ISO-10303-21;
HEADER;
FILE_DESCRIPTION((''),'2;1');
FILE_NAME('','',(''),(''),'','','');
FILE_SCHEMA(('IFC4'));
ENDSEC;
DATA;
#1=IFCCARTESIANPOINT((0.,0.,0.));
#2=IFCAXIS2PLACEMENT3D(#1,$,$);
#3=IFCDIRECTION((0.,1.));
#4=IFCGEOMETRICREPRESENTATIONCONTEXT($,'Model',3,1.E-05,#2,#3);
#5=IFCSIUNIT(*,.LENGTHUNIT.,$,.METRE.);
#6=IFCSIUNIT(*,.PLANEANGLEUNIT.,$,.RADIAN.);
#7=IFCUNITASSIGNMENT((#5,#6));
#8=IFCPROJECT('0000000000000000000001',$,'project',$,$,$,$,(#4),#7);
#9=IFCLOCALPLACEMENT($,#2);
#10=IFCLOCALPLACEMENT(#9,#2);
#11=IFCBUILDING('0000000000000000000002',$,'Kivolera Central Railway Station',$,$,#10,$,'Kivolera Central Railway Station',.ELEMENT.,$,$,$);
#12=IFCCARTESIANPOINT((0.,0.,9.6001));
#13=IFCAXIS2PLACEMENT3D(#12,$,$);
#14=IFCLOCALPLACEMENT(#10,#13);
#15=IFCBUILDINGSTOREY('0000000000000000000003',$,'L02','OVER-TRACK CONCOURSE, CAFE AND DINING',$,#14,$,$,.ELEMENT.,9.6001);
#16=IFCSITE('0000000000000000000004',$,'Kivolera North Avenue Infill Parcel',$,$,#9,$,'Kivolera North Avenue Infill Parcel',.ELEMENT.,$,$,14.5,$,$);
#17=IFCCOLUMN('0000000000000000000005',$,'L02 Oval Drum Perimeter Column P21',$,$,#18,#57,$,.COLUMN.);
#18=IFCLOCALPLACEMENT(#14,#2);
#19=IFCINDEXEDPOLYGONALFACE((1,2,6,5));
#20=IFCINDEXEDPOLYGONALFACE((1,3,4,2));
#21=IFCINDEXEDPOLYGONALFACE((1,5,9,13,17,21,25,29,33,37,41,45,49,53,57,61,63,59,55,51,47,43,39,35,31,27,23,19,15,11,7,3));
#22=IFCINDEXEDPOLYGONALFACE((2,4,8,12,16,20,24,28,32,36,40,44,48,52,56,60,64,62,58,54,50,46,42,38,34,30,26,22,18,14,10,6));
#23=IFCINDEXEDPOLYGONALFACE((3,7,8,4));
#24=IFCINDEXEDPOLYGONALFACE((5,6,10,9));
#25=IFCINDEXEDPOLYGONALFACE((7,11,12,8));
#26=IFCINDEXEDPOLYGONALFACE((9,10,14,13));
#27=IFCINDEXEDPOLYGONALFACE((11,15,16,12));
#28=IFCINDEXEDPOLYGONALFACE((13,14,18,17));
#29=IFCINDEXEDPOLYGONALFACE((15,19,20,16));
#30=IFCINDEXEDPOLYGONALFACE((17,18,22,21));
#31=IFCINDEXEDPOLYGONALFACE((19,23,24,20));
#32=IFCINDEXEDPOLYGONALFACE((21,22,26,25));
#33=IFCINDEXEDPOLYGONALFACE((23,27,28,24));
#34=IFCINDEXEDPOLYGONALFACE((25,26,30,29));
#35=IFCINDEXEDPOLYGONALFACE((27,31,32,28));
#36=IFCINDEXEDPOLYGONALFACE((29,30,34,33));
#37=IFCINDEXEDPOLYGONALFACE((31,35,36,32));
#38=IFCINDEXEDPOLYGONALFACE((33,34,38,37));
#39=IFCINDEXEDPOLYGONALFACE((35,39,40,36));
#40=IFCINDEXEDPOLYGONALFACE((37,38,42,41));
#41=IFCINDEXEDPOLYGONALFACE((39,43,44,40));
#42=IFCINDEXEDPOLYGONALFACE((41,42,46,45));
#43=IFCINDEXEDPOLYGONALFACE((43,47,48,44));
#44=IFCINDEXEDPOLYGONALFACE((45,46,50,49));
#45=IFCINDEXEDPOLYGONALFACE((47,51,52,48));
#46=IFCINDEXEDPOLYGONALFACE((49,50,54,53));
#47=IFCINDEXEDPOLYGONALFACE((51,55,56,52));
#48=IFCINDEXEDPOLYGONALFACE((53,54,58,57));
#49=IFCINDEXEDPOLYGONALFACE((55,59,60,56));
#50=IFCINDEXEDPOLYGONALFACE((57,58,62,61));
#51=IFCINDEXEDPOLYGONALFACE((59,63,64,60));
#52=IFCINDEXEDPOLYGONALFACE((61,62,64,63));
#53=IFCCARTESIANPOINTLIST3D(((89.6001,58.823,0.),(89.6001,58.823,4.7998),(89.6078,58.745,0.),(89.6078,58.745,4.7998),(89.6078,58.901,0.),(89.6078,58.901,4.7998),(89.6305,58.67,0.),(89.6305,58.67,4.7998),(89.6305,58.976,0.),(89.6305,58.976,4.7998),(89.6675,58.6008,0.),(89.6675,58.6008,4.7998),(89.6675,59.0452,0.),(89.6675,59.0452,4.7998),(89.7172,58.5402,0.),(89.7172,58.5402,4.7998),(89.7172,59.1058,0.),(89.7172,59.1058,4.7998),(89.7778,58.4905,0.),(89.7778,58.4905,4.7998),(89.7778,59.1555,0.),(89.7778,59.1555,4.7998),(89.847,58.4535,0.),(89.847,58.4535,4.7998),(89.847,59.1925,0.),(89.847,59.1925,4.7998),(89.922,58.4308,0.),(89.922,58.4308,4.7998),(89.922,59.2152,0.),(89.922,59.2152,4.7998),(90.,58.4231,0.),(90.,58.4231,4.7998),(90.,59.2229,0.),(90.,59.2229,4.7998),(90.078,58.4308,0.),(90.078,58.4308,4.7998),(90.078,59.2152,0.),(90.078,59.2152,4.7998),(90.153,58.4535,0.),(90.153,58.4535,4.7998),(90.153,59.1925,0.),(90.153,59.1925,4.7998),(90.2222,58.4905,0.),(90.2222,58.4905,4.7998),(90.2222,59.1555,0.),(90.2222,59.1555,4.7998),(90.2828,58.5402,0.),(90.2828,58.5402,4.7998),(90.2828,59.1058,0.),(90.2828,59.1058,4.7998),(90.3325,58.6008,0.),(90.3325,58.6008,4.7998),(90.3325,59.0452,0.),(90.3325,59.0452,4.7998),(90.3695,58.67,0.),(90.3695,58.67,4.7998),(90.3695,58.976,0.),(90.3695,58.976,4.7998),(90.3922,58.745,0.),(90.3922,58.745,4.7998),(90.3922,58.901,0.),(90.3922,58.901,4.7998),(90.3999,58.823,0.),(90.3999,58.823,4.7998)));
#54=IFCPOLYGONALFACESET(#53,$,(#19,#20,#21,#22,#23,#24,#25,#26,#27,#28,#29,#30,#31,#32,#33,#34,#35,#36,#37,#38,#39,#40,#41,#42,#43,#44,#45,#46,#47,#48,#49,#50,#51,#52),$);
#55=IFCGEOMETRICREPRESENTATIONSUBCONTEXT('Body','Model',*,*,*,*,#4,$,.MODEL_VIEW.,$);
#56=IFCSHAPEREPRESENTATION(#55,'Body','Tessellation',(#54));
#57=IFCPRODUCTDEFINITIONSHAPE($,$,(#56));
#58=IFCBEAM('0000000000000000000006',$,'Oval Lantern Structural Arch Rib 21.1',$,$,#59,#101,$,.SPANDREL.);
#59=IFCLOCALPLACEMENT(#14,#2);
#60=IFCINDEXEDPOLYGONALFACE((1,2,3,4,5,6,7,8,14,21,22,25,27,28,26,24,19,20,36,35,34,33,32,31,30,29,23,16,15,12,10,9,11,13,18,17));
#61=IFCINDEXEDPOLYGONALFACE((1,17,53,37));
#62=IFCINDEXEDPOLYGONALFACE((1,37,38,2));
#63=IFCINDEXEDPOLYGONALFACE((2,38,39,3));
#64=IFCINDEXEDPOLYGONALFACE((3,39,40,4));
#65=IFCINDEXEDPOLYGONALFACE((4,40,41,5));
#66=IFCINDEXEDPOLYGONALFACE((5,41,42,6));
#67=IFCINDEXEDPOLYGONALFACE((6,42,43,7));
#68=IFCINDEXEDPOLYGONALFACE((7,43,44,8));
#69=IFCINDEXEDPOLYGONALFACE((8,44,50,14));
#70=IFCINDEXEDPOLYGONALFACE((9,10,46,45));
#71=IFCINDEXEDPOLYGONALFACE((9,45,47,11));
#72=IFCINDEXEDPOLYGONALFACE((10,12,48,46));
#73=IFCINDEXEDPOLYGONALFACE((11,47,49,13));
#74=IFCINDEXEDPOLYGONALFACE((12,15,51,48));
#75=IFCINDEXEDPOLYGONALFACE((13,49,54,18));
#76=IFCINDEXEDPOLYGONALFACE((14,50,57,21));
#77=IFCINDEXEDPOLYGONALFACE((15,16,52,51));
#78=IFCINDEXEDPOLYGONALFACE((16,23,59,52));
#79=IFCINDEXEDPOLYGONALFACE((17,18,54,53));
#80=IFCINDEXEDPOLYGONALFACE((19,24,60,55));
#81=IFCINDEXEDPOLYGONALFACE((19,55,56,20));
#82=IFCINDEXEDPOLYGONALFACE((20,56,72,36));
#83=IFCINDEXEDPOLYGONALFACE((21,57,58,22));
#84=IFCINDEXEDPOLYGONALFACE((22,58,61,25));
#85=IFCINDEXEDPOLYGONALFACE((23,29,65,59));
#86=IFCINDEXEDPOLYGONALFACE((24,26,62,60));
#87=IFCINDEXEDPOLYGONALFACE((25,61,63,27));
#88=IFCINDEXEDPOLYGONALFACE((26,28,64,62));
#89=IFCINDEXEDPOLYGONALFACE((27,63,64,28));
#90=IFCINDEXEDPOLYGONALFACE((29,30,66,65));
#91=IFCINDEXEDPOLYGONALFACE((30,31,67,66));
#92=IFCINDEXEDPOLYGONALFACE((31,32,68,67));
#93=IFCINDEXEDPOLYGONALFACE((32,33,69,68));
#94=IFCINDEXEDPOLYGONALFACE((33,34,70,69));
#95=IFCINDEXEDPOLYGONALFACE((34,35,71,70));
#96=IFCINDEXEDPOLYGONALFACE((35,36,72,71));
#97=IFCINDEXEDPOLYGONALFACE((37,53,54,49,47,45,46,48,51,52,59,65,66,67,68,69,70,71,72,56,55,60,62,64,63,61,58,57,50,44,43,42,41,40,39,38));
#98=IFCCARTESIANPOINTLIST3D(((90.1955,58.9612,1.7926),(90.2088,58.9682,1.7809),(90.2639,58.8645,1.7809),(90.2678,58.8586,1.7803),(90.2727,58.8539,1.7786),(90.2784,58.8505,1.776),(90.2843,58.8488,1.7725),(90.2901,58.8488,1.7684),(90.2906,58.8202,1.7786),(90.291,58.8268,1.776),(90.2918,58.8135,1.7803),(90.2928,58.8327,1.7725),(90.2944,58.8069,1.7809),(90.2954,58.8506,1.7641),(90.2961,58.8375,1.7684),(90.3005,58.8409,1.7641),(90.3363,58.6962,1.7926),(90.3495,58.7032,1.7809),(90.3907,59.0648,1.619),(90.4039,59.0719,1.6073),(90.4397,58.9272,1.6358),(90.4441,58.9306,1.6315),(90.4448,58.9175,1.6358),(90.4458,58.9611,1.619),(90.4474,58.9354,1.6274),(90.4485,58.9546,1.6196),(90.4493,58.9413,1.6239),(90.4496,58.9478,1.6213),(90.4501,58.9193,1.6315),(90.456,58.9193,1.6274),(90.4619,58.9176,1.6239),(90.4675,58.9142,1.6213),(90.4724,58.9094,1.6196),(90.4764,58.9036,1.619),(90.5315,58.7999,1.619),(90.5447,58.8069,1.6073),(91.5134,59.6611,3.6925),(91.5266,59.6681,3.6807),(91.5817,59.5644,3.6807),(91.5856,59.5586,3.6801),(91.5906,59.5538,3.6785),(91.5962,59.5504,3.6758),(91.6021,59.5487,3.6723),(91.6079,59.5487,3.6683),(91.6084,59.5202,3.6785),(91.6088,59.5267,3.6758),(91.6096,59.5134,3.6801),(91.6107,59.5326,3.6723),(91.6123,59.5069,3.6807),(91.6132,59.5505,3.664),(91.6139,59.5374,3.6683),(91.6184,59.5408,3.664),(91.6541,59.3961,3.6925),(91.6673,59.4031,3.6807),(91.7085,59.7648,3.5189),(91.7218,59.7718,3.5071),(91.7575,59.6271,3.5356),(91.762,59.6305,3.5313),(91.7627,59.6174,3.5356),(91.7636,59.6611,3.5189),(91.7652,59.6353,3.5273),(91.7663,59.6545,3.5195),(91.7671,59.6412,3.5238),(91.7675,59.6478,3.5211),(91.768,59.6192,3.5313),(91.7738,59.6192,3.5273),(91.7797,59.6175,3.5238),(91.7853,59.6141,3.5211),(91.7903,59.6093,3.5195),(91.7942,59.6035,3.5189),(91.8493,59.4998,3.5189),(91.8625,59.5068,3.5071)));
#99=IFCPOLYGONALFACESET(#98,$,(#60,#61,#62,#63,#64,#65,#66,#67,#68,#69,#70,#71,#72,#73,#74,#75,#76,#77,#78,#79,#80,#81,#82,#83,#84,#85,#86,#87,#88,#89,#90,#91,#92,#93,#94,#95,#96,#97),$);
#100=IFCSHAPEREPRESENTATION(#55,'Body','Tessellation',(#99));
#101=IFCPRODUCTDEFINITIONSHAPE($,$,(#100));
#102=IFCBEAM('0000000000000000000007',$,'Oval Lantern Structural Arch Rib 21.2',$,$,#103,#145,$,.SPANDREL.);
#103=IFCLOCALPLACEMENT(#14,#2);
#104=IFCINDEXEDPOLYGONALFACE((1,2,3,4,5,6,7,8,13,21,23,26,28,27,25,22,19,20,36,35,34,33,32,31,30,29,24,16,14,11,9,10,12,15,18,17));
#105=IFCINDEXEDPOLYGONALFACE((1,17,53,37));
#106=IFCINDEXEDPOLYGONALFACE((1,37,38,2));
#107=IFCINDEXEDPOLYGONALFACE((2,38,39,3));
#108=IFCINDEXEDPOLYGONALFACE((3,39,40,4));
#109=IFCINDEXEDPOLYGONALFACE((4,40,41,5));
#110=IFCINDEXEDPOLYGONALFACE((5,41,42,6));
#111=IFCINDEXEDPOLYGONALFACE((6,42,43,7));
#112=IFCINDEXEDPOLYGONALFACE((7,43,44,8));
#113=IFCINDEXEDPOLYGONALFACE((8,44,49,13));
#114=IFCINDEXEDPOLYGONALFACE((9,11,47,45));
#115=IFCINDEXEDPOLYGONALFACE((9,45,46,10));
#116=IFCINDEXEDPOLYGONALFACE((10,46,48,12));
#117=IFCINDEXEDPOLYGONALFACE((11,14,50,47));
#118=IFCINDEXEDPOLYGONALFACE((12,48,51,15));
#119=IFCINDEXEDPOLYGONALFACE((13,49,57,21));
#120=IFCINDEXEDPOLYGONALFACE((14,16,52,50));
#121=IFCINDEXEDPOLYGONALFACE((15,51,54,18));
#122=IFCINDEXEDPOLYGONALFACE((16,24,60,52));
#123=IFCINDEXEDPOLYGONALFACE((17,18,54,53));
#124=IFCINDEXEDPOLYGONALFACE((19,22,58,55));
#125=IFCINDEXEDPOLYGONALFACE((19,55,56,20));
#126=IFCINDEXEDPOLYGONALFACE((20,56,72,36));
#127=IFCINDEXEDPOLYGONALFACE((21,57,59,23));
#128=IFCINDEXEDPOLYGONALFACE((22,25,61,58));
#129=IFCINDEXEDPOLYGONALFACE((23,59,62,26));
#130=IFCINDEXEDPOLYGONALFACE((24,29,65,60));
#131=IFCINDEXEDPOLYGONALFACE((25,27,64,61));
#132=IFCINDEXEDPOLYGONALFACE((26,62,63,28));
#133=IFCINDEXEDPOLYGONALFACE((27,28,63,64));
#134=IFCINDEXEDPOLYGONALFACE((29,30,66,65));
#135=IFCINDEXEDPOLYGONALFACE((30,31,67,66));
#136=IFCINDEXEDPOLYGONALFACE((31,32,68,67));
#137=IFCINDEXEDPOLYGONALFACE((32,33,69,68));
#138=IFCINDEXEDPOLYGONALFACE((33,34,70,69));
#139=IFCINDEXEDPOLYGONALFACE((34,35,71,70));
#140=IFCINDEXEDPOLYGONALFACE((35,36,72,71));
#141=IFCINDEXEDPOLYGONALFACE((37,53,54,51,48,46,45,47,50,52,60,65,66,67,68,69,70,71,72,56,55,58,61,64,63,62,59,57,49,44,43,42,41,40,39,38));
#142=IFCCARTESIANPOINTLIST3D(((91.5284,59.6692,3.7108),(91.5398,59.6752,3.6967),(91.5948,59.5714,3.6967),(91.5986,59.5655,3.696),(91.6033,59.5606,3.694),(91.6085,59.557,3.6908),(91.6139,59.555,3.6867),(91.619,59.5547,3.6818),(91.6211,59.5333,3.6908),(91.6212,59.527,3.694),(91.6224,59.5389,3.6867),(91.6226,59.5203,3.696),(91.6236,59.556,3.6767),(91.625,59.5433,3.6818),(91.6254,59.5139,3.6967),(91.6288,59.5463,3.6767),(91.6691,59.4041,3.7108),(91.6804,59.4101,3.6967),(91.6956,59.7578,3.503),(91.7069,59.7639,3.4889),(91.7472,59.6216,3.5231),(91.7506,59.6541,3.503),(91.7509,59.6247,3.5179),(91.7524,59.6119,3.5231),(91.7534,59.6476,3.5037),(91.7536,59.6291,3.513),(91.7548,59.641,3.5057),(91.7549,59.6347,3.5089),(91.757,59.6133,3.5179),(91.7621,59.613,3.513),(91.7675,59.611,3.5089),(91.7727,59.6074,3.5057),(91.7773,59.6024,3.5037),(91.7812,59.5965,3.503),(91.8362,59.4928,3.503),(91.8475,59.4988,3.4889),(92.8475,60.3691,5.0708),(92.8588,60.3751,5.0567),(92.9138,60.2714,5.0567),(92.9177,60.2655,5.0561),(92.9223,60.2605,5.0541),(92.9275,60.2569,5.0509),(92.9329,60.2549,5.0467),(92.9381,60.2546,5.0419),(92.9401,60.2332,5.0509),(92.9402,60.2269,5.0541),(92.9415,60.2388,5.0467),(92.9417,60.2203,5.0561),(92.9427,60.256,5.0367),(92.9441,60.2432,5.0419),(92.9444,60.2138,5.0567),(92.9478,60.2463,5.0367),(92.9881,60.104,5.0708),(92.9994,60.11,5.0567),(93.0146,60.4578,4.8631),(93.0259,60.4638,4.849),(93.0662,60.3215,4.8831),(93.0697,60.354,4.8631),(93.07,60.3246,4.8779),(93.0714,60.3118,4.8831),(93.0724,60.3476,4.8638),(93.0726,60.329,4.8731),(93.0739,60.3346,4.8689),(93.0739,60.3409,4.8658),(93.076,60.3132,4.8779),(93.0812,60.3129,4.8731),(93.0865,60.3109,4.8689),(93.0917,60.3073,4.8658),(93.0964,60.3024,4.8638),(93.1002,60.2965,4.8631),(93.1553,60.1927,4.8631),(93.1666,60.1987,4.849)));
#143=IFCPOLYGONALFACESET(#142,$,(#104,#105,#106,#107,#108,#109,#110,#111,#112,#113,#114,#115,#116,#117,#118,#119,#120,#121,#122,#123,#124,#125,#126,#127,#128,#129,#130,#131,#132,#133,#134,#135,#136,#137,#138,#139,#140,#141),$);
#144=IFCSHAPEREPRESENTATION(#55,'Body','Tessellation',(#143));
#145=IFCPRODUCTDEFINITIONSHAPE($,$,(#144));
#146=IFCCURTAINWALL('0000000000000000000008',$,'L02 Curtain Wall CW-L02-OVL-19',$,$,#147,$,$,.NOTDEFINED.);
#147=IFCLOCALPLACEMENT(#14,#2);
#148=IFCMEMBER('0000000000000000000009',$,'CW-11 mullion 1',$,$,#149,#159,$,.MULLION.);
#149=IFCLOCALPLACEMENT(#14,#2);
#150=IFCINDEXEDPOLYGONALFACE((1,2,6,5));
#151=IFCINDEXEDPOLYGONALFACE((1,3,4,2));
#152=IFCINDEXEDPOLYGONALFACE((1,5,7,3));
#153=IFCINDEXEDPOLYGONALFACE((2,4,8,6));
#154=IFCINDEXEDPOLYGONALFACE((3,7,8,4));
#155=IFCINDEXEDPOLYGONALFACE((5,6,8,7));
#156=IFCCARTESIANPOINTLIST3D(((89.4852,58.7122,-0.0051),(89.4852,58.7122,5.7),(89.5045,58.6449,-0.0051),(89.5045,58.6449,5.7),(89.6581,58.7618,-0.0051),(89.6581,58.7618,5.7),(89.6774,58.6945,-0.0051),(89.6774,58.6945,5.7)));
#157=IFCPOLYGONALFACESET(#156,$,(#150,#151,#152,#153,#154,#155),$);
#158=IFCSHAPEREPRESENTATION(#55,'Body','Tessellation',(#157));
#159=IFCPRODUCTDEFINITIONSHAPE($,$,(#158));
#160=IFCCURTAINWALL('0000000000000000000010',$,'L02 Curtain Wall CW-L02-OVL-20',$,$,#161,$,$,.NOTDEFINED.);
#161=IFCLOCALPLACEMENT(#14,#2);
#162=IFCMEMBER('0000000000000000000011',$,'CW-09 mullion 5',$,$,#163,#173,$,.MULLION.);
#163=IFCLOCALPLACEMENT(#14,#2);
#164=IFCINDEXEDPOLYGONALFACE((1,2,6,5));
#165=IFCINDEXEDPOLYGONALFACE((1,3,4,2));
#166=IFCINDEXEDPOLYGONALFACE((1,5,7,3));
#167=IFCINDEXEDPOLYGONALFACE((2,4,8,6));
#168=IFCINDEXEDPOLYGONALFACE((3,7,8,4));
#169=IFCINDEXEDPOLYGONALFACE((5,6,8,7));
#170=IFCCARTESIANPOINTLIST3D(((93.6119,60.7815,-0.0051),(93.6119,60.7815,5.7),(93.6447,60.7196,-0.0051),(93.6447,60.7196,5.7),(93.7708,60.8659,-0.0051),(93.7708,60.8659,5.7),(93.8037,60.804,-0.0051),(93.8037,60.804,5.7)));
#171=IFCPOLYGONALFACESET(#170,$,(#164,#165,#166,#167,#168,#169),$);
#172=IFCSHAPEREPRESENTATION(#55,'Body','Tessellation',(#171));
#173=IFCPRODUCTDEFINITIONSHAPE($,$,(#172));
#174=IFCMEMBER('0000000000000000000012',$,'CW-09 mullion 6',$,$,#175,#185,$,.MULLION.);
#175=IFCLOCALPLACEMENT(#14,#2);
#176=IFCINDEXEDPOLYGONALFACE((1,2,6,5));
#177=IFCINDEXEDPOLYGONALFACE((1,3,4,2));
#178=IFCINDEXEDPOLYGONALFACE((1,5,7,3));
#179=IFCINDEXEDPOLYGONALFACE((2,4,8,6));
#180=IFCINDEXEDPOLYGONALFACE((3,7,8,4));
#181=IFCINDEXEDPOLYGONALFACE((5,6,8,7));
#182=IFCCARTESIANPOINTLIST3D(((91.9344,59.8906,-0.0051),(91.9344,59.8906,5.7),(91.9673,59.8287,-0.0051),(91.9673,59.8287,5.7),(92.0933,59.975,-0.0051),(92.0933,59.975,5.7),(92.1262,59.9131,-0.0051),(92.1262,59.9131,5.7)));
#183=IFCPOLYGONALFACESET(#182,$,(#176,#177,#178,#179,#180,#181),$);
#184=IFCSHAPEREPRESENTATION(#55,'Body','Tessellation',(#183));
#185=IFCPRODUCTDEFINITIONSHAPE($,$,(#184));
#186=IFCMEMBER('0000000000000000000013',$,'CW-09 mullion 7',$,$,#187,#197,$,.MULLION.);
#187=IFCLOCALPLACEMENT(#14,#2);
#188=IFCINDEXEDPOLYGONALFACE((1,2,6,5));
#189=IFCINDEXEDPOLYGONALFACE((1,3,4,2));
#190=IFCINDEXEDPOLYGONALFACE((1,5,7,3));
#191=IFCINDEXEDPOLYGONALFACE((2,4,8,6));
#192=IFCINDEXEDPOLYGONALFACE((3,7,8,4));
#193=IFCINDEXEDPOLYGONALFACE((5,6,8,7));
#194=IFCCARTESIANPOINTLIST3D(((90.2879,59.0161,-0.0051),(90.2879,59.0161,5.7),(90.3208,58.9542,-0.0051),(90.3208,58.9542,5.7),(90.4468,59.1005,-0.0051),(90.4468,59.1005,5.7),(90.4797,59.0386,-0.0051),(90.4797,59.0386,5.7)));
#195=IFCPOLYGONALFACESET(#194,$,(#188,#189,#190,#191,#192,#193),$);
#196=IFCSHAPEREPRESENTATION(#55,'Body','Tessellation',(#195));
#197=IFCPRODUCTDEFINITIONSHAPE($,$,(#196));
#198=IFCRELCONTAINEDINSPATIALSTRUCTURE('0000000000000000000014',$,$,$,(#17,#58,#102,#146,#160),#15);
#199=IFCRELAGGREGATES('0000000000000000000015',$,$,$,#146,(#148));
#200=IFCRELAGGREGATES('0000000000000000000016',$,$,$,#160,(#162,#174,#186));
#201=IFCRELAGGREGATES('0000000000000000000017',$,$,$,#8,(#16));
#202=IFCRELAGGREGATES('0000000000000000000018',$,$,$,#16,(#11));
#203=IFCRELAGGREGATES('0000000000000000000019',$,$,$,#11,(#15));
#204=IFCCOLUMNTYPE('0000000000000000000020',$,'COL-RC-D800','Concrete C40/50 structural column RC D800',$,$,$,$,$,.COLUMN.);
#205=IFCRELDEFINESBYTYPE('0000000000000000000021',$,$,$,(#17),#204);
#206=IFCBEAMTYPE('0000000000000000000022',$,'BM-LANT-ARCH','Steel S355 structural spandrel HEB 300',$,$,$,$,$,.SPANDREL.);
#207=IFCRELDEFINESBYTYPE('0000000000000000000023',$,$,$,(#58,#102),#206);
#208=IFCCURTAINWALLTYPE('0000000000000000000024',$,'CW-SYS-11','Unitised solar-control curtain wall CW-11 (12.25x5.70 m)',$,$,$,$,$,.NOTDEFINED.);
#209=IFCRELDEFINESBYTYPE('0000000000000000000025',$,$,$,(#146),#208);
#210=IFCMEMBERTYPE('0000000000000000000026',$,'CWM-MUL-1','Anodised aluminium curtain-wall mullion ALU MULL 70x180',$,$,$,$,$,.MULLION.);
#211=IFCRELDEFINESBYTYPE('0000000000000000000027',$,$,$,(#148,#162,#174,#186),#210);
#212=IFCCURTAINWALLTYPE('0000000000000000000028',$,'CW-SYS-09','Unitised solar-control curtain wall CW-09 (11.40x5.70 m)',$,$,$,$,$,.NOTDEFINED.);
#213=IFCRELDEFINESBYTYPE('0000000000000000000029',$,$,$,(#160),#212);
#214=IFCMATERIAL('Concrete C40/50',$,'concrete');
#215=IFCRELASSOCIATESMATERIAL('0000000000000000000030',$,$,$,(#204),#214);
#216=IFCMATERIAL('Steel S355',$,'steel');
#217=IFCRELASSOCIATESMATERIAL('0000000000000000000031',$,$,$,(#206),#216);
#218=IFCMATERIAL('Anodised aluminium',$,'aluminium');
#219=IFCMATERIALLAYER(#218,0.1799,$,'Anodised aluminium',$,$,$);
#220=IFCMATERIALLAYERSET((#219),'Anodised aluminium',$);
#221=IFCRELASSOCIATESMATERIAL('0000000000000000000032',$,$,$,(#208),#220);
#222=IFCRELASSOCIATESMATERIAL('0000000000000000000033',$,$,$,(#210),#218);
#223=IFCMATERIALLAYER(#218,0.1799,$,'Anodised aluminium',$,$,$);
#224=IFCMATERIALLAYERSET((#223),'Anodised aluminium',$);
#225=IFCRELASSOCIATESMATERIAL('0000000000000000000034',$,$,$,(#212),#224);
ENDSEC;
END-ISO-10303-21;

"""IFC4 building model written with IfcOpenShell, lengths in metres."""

from ifc_helpers import new_model, si_unit, direction, frame, origin, origin_2d, place, context, subcontext, project, spatial, rectangle, circle, i_section, extrude, material, layer, layer_set, material_profile, profile_set, type_object, element, aggregate, save


model = new_model("IFC4")

# Units and contexts
model_context = context("Model", 3, precision=1e-05, world=origin(), true_north=direction((0.0, 1.0)))
body_context = subcontext(model_context, "Body", "Model", "MODEL_VIEW")
ifc_project = project(units=[si_unit("LENGTHUNIT", "METRE"), si_unit("PLANEANGLEUNIT", "RADIAN")], contexts=[model_context])

# Site, building, storey
site_placement = place(None, origin())
site = spatial("IfcSite", under=ifc_project, at=site_placement, Name="Kivolera North Avenue Infill Parcel", LongName="Kivolera North Avenue Infill Parcel", CompositionType="ELEMENT", RefElevation=14.5)
building_placement = place(site_placement, origin())
building = spatial("IfcBuilding", under=site, at=building_placement, Name="Kivolera Central Railway Station", LongName="Kivolera Central Railway Station", CompositionType="ELEMENT")
storey_placement = place(building_placement, frame((0.0, 0.0, 9.6001)))
storey = spatial("IfcBuildingStorey", under=building, at=storey_placement, Name="L02", Description="OVER-TRACK CONCOURSE, CAFE AND DINING", CompositionType="ELEMENT", Elevation=9.6001)

# Column
ifc_material_1 = material(Name="Concrete C40/50", Category="concrete")
ifc_material_profile_1 = material_profile(ifc_material_1, circle(Radius=0.3999, at=origin_2d()), Name="RC D800")
ifc_profile_set_1 = profile_set([ifc_material_profile_1], Name="Concrete C40/50")
column_type = type_object("IfcColumnType", Name="COL-RC-D800", Description="Concrete C40/50 structural column RC D800", PredefinedType="COLUMN", material=ifc_profile_set_1)
column_placement = place(storey_placement, frame((90.0, 58.823, 0.0), z_axis=(0.0, 0.0, 1.0), x_axis=(1.0, 0.0, 0.0)))
element("IfcColumn", 1, at=column_placement, inside=storey, type_object=column_type, Name="L02 Oval Drum Perimeter Column P21", PredefinedType="COLUMN", context=body_context, shape_type="SweptSolid", body=[
    extrude(circle(Radius=0.3999, at=origin_2d()), origin(), (0.0, 0.0, 1.0), 4.7998),
])

# Beams
ifc_material_2 = material(Name="Steel S355", Category="steel")
ifc_material_profile_2 = material_profile(ifc_material_2, i_section(OverallWidth=0.3, OverallDepth=0.3, WebThickness=0.011, FlangeThickness=0.019, FilletRadius=0.0271, at=origin_2d()), Name="HEB 300")
ifc_profile_set_2 = profile_set([ifc_material_profile_2], Name="Steel S355")
beam_type = type_object("IfcBeamType", Name="BM-LANT-ARCH", Description="Steel S355 structural spandrel HEB 300", PredefinedType="SPANDREL", material=ifc_profile_set_2)
beam_1_placement = place(storey_placement, frame((90.3701, 58.884, 1.7), z_axis=(0.54551, 0.289733, 0.786431), x_axis=(-0.469068, 0.883162, 0.0)))
element("IfcBeam", 2, at=beam_1_placement, inside=storey, type_object=beam_type, Name="Oval Lantern Structural Arch Rib 21.1", PredefinedType="SPANDREL", context=body_context, shape_type="SweptSolid", body=[
    extrude(i_section(OverallWidth=0.3, OverallDepth=0.3, WebThickness=0.011, FlangeThickness=0.019, FilletRadius=0.0271, at=origin_2d()), origin(), (0.0, 0.0, 1.0), 2.4158),
])
beam_2_placement = place(storey_placement, frame((91.688, 59.584, 3.5999), z_axis=(0.653062, 0.346535, 0.673368), x_axis=(-0.468729, 0.883342, 0.0)))
element("IfcBeam", 3, at=beam_2_placement, inside=storey, type_object=beam_type, Name="Oval Lantern Structural Arch Rib 21.2", PredefinedType="SPANDREL", context=body_context, shape_type="SweptSolid", body=[
    extrude(i_section(OverallWidth=0.3, OverallDepth=0.3, WebThickness=0.011, FlangeThickness=0.019, FilletRadius=0.0271, at=origin_2d()), origin(), (0.0, 0.0, 1.0), 2.0198),
])

# Curtain wall, member
ifc_material_3 = material(Name="Anodised aluminium", Category="aluminium")
ifc_layer_1 = layer(ifc_material_3, 0.1799, Name="Anodised aluminium")
ifc_layer_set_1 = layer_set([ifc_layer_1], Name="Anodised aluminium")
curtain_wall_type_1 = type_object("IfcCurtainWallType", Name="CW-SYS-11", Description="Unitised solar-control curtain wall CW-11 (12.25x5.70 m)", PredefinedType="NOTDEFINED", material=ifc_layer_set_1)
curtain_wall_1_placement = place(storey_placement, origin())
curtain_wall_1 = element("IfcCurtainWall", 4, at=curtain_wall_1_placement, inside=storey, type_object=curtain_wall_type_1, Name="L02 Curtain Wall CW-L02-OVL-19", PredefinedType="NOTDEFINED")
ifc_material_profile_3 = material_profile(ifc_material_3, rectangle(XDim=0.0701, YDim=0.1799, at=origin_2d()), Name="ALU MULL 70x180")
ifc_profile_set_3 = profile_set([ifc_material_profile_3], Name="Anodised aluminium")
member_type_1 = type_object("IfcMemberType", Name="CWM-MUL-1", Description="Anodised aluminium curtain-wall mullion ALU MULL 70x180", PredefinedType="MULLION", material=ifc_profile_set_3)
member_1_placement = place(storey_placement, frame((89.5813, 58.7034, -0.0051), z_axis=(0.0, 0.0, 1.0), x_axis=(0.275692, -0.961246, 0.0)))
member_1 = element("IfcMember", 5, at=member_1_placement, type_object=member_type_1, Name="CW-11 mullion 1", PredefinedType="MULLION", context=body_context, shape_type="SweptSolid", body=[
    extrude(rectangle(XDim=0.0701, YDim=0.1799, at=origin_2d()), origin(), (0.0, 0.0, 1.0), 5.7051),
])

# Curtain wall, members
ifc_layer_2 = layer(ifc_material_3, 0.1799, Name="Anodised aluminium")
ifc_layer_set_2 = layer_set([ifc_layer_2], Name="Anodised aluminium")
curtain_wall_type_2 = type_object("IfcCurtainWallType", Name="CW-SYS-09", Description="Unitised solar-control curtain wall CW-09 (11.40x5.70 m)", PredefinedType="NOTDEFINED", material=ifc_layer_set_2)
curtain_wall_2_placement = place(storey_placement, origin())
curtain_wall_2 = element("IfcCurtainWall", 6, at=curtain_wall_2_placement, inside=storey, type_object=curtain_wall_type_2, Name="L02 Curtain Wall CW-L02-OVL-20", PredefinedType="NOTDEFINED")
member_2_placement = place(storey_placement, frame((93.7078, 60.7927, -0.0051), z_axis=(0.0, 0.0, 1.0), x_axis=(0.469053, -0.88317, 0.0)))
member_2 = element("IfcMember", 7, at=member_2_placement, type_object=member_type_1, Name="CW-09 mullion 5", PredefinedType="MULLION", context=body_context, shape_type="SweptSolid", body=[
    extrude(rectangle(XDim=0.0701, YDim=0.1799, at=origin_2d()), origin(), (0.0, 0.0, 1.0), 5.7051),
])
member_3_placement = place(storey_placement, frame((92.0303, 59.9019, -0.0051), z_axis=(0.0, 0.0, 1.0), x_axis=(0.469053, -0.88317, 0.0)))
member_3 = element("IfcMember", 8, at=member_3_placement, type_object=member_type_1, Name="CW-09 mullion 6", PredefinedType="MULLION", context=body_context, shape_type="SweptSolid", body=[
    extrude(rectangle(XDim=0.0701, YDim=0.1799, at=origin_2d()), origin(), (0.0, 0.0, 1.0), 5.7051),
])
member_4_placement = place(storey_placement, frame((90.3838, 59.0273, -0.0051), z_axis=(0.0, 0.0, 1.0), x_axis=(0.469053, -0.88317, 0.0)))
member_4 = element("IfcMember", 9, at=member_4_placement, type_object=member_type_1, Name="CW-09 mullion 7", PredefinedType="MULLION", context=body_context, shape_type="SweptSolid", body=[
    extrude(rectangle(XDim=0.0701, YDim=0.1799, at=origin_2d()), origin(), (0.0, 0.0, 1.0), 5.7051),
])

aggregate(curtain_wall_1, [member_1])

aggregate(curtain_wall_2, [member_2, member_3, member_4])

save(model, "model.ifc")
